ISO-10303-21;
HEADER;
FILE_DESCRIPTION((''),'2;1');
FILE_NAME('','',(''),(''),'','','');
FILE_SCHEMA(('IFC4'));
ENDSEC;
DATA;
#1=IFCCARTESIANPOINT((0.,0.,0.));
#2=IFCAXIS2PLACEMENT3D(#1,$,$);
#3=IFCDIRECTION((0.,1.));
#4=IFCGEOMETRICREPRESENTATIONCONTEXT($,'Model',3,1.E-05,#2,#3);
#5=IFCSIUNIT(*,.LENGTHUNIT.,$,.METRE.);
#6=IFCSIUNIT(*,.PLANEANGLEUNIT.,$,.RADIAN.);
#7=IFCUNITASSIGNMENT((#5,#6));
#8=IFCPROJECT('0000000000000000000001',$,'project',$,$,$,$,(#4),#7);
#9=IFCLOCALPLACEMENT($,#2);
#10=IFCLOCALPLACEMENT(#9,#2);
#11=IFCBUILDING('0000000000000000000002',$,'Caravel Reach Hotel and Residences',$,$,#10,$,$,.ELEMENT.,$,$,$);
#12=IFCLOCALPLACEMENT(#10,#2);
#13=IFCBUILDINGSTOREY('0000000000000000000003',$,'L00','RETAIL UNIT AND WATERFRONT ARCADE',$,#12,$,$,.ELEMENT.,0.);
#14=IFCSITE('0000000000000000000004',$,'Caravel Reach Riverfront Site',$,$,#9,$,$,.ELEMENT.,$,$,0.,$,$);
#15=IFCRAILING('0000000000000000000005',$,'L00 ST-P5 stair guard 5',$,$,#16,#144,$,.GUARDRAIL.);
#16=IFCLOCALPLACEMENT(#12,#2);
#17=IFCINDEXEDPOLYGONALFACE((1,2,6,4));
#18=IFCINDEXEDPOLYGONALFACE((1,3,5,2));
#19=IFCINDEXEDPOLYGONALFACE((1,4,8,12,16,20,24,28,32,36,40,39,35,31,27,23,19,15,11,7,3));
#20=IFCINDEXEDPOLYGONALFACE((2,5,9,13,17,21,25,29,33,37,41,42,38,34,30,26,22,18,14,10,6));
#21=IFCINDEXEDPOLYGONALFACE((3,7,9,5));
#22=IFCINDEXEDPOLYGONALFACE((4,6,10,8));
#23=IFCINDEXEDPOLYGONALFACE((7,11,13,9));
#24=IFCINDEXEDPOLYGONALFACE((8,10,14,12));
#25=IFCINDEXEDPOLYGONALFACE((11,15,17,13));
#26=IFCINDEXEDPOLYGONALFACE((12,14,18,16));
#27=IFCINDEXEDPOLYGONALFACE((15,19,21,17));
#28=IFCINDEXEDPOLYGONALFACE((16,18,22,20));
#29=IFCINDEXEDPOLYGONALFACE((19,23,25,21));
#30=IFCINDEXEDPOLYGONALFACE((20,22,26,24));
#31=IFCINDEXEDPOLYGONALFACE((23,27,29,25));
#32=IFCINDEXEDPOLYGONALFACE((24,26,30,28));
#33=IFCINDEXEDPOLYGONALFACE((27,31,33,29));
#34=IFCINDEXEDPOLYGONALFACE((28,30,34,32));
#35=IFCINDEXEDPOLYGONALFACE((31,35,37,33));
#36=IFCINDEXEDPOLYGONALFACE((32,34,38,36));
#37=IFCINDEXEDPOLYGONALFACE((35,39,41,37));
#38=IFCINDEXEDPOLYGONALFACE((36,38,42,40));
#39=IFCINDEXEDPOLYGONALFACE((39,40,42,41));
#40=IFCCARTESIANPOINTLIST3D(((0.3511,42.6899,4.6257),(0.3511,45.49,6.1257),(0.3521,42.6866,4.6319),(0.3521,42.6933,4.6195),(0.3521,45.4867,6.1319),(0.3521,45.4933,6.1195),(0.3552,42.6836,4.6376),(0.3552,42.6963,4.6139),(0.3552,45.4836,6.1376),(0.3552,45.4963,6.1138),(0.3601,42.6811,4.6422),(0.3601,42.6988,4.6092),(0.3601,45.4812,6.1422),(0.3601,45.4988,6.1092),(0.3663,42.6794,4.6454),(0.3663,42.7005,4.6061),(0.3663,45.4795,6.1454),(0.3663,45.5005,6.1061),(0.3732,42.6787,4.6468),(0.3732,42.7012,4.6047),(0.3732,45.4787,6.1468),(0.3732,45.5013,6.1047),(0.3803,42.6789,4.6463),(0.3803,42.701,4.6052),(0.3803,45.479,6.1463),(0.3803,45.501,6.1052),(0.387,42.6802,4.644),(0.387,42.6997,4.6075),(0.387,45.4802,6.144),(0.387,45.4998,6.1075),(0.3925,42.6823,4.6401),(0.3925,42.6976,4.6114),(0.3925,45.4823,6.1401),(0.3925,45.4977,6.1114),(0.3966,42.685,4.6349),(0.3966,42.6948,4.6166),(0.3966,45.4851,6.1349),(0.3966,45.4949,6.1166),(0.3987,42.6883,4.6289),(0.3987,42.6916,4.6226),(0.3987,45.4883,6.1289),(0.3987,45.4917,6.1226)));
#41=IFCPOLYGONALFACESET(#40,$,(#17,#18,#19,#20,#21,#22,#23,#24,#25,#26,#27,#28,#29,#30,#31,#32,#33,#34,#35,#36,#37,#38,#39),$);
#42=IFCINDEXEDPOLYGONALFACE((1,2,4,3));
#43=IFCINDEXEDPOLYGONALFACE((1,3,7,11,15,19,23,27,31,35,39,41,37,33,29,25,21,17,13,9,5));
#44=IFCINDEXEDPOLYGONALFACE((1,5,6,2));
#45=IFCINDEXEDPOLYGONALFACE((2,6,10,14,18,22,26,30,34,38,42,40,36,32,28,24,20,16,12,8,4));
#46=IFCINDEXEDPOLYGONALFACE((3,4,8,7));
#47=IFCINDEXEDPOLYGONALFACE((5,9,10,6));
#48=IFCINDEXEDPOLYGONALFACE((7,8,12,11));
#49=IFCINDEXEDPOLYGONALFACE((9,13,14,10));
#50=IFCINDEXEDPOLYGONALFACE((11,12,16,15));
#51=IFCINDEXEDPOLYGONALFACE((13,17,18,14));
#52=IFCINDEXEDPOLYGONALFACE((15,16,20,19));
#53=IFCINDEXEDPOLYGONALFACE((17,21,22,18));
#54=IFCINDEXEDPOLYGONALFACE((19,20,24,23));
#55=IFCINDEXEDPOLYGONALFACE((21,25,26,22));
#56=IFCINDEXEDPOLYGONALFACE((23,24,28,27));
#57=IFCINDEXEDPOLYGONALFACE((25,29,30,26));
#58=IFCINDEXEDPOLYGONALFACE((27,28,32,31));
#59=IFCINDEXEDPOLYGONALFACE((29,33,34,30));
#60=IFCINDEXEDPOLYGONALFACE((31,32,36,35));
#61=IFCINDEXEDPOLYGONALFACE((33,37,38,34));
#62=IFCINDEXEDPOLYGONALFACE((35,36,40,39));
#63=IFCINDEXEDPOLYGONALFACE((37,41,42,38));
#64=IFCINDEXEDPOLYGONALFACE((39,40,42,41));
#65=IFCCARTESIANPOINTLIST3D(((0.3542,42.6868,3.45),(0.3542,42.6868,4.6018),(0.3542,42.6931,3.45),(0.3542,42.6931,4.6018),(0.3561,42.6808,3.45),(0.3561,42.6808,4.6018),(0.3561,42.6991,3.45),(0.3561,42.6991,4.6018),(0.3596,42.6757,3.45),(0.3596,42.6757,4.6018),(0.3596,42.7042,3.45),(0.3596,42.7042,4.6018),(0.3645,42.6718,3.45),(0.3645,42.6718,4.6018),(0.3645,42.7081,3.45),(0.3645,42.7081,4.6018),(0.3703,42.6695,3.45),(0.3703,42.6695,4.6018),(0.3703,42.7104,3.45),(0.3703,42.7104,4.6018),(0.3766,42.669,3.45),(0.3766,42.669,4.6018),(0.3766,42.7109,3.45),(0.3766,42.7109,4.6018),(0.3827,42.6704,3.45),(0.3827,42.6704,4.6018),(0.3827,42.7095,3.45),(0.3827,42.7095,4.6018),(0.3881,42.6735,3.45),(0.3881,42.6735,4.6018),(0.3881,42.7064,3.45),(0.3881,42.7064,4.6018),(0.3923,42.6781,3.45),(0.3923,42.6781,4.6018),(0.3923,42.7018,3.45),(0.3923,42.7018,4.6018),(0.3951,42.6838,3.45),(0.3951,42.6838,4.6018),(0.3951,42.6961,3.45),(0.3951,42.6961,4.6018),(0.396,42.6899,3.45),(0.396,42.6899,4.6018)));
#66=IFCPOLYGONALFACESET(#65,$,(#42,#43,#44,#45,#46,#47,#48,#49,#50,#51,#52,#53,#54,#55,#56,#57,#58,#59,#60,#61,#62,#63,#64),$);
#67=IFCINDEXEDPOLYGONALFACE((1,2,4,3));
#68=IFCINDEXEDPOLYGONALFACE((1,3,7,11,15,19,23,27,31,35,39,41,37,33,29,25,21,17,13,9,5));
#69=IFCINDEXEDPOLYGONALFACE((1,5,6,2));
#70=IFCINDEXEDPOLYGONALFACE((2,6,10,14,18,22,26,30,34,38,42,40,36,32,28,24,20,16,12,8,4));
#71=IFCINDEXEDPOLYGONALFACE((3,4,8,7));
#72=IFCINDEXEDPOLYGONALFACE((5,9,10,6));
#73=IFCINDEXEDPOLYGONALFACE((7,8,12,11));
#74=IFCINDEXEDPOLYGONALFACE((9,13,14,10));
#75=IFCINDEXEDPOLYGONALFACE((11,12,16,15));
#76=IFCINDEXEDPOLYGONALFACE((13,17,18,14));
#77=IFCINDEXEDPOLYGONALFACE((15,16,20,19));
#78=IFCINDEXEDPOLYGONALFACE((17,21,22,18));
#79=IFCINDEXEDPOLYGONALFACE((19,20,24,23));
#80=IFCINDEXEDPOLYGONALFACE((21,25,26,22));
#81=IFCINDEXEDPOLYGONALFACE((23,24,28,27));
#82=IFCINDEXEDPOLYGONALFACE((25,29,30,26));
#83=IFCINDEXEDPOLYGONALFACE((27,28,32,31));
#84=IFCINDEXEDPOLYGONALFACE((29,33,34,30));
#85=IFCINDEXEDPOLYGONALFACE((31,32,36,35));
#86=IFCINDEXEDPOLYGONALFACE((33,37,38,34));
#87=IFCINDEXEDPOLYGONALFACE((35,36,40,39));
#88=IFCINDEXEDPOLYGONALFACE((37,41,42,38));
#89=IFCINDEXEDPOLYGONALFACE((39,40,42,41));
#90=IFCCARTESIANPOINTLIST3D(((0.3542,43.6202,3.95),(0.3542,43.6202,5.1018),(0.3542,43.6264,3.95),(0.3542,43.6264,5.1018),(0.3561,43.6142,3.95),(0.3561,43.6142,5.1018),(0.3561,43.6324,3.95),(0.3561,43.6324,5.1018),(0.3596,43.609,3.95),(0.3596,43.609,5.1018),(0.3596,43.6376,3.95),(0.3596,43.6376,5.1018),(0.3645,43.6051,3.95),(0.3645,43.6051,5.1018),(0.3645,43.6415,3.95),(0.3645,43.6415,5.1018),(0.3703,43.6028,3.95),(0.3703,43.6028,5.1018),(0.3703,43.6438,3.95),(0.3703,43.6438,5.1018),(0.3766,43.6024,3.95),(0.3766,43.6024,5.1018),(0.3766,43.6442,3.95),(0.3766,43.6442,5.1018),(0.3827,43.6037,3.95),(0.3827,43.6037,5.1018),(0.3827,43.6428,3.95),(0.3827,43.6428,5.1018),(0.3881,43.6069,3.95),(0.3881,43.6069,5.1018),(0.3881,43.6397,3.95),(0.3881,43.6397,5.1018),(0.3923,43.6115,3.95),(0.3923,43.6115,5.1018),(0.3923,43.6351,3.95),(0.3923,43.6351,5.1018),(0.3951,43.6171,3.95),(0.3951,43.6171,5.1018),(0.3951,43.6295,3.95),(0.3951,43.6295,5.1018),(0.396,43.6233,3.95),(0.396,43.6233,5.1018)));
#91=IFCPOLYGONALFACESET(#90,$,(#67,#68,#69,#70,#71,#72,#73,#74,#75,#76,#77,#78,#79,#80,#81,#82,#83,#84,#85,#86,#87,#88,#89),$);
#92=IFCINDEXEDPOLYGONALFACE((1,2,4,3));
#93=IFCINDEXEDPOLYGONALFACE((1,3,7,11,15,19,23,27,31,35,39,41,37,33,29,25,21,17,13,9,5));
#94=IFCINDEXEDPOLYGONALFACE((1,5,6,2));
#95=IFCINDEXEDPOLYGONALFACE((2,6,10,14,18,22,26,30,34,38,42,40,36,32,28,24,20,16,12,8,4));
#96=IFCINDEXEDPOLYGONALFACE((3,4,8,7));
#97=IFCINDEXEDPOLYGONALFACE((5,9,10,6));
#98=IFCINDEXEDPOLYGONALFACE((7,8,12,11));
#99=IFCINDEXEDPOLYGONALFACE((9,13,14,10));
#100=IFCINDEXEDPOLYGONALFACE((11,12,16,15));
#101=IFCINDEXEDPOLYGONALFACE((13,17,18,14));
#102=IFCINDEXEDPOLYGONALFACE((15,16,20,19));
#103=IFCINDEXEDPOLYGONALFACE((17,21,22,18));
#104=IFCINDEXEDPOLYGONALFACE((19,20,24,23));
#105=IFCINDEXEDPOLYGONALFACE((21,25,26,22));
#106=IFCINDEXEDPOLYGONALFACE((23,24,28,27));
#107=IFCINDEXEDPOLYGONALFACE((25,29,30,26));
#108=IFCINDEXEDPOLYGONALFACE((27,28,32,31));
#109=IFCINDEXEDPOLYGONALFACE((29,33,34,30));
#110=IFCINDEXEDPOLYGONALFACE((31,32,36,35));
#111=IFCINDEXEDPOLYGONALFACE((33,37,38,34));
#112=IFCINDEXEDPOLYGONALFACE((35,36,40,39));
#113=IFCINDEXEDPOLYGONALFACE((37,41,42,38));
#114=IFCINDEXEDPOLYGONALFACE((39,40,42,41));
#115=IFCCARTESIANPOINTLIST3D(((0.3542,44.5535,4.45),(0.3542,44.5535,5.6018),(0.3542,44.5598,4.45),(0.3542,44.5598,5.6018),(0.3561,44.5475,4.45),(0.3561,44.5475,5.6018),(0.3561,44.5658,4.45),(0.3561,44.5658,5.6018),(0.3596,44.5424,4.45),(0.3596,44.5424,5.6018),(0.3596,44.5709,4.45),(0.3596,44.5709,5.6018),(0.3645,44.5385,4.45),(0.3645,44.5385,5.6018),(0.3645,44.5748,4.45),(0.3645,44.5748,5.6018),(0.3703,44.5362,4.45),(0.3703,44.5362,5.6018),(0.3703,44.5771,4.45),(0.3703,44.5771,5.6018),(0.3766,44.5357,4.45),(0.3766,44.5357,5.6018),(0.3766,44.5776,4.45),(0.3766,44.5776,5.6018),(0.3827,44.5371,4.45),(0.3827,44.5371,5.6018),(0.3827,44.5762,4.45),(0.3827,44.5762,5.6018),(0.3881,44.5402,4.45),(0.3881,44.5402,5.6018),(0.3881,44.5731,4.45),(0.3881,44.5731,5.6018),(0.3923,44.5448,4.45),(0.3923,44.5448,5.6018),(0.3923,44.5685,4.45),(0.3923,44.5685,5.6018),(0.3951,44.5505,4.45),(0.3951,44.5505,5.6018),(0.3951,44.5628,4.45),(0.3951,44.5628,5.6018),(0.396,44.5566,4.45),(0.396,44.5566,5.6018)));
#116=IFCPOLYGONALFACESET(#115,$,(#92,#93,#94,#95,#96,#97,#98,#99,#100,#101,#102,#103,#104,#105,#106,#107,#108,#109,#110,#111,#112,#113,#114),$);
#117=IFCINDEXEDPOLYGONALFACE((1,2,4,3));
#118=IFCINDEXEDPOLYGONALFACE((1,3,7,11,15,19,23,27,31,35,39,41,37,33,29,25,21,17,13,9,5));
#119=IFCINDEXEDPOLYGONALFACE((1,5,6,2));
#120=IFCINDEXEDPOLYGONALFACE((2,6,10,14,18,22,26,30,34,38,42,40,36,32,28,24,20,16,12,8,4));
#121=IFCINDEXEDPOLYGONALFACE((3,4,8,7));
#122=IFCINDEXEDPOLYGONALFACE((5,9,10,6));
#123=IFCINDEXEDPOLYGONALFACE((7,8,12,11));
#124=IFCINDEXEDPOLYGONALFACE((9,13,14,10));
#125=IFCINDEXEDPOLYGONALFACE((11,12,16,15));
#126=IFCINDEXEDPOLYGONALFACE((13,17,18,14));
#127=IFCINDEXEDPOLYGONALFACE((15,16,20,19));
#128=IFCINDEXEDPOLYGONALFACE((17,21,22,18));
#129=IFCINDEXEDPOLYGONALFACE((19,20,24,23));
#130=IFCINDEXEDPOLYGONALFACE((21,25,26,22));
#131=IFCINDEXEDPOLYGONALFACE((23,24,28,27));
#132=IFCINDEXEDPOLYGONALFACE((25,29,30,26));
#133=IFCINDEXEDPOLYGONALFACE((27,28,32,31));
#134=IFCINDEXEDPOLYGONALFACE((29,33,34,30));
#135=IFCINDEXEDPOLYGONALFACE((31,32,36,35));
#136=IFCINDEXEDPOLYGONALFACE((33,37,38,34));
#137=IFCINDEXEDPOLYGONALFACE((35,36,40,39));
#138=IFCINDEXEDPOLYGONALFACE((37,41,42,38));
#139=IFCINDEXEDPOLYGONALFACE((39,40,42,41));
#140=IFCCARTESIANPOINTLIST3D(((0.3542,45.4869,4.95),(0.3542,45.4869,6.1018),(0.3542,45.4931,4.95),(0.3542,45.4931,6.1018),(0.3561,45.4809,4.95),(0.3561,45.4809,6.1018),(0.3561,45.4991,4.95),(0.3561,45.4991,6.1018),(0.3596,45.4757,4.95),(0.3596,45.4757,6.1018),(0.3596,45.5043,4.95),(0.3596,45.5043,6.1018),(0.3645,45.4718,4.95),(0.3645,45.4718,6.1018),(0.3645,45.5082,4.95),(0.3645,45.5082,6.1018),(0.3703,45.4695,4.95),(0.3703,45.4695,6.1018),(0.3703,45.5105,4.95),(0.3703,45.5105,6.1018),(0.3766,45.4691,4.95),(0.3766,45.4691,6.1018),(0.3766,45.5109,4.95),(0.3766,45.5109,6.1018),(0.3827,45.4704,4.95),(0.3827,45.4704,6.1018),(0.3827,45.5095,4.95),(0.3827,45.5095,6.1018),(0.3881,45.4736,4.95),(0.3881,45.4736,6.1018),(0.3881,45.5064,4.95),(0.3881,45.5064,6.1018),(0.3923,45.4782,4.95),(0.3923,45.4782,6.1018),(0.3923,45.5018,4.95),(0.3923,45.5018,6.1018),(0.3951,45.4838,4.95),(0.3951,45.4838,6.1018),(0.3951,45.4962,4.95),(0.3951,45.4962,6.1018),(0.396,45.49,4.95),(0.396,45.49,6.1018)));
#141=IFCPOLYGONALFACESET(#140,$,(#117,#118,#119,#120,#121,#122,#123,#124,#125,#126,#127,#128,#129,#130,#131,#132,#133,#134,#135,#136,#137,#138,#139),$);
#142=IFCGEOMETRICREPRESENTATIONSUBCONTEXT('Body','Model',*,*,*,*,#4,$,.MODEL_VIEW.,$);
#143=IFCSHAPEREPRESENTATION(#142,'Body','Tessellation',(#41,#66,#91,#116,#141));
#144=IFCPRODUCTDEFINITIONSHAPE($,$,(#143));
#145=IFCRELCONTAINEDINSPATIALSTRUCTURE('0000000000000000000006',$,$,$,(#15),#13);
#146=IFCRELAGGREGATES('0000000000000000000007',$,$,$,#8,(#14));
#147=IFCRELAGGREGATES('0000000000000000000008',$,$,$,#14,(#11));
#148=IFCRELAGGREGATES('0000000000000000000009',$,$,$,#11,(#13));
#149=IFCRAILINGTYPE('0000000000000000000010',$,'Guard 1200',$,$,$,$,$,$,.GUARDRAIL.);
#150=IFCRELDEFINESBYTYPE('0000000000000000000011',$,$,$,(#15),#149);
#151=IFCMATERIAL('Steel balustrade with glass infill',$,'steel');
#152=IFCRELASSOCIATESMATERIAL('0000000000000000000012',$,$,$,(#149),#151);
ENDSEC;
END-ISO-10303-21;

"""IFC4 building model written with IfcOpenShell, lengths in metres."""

from ifc_helpers import new_model, si_unit, direction, frame, origin, origin_2d, place, context, subcontext, project, spatial, circle, extrude, material, type_object, element, save


model = new_model("IFC4")

# Units and contexts
model_context = context("Model", 3, precision=1e-05, world=origin(), true_north=direction((0.0, 1.0)))
body_context = subcontext(model_context, "Body", "Model", "MODEL_VIEW")
ifc_project = project(units=[si_unit("LENGTHUNIT", "METRE"), si_unit("PLANEANGLEUNIT", "RADIAN")], contexts=[model_context])

# Site, building, storey
site_placement = place(None, origin())
site = spatial("IfcSite", under=ifc_project, at=site_placement, Name="Caravel Reach Riverfront Site", CompositionType="ELEMENT", RefElevation=0.0)
building_placement = place(site_placement, origin())
building = spatial("IfcBuilding", under=site, at=building_placement, Name="Caravel Reach Hotel and Residences", CompositionType="ELEMENT")
storey_placement = place(building_placement, origin())
storey = spatial("IfcBuildingStorey", under=building, at=storey_placement, Name="L00", Description="RETAIL UNIT AND WATERFRONT ARCADE", CompositionType="ELEMENT", Elevation=0.0)

# Railing
ifc_material_1 = material(Name="Steel balustrade with glass infill", Category="steel")
railing_type_1 = type_object("IfcRailingType", Name="Guard 1200", PredefinedType="GUARDRAIL", material=ifc_material_1)
railing_1_placement = place(storey_placement, frame((0.375, 42.6899, 3.45)))
element("IfcRailing", 1, at=railing_1_placement, inside=storey, type_object=railing_type_1, Name="L00 ST-P5 stair guard 5", PredefinedType="GUARDRAIL", context=body_context, shape_type="SweptSolid", body=[
    extrude(circle(Radius=0.0239, at=origin_2d()), frame((0.0, 0.0, 1.1758), z_axis=(0.0, 0.881483, 0.472215), x_axis=(-1.0, 0.0, 0.0)), (0.0, 0.0, 1.0), 3.1765),
    extrude(circle(Radius=0.021, at=origin_2d()), origin(), (0.0, 0.0, 1.0), 1.1519),
    extrude(circle(Radius=0.021, at=origin_2d()), frame((0.0, 0.9333, 0.5)), (0.0, 0.0, 1.0), 1.1519),
    extrude(circle(Radius=0.021, at=origin_2d()), frame((0.0, 1.8667, 1.0)), (0.0, 0.0, 1.0), 1.1519),
    extrude(circle(Radius=0.021, at=origin_2d()), frame((0.0, 2.8, 1.5)), (0.0, 0.0, 1.0), 1.1519),
])

save(model, "model.ifc")
